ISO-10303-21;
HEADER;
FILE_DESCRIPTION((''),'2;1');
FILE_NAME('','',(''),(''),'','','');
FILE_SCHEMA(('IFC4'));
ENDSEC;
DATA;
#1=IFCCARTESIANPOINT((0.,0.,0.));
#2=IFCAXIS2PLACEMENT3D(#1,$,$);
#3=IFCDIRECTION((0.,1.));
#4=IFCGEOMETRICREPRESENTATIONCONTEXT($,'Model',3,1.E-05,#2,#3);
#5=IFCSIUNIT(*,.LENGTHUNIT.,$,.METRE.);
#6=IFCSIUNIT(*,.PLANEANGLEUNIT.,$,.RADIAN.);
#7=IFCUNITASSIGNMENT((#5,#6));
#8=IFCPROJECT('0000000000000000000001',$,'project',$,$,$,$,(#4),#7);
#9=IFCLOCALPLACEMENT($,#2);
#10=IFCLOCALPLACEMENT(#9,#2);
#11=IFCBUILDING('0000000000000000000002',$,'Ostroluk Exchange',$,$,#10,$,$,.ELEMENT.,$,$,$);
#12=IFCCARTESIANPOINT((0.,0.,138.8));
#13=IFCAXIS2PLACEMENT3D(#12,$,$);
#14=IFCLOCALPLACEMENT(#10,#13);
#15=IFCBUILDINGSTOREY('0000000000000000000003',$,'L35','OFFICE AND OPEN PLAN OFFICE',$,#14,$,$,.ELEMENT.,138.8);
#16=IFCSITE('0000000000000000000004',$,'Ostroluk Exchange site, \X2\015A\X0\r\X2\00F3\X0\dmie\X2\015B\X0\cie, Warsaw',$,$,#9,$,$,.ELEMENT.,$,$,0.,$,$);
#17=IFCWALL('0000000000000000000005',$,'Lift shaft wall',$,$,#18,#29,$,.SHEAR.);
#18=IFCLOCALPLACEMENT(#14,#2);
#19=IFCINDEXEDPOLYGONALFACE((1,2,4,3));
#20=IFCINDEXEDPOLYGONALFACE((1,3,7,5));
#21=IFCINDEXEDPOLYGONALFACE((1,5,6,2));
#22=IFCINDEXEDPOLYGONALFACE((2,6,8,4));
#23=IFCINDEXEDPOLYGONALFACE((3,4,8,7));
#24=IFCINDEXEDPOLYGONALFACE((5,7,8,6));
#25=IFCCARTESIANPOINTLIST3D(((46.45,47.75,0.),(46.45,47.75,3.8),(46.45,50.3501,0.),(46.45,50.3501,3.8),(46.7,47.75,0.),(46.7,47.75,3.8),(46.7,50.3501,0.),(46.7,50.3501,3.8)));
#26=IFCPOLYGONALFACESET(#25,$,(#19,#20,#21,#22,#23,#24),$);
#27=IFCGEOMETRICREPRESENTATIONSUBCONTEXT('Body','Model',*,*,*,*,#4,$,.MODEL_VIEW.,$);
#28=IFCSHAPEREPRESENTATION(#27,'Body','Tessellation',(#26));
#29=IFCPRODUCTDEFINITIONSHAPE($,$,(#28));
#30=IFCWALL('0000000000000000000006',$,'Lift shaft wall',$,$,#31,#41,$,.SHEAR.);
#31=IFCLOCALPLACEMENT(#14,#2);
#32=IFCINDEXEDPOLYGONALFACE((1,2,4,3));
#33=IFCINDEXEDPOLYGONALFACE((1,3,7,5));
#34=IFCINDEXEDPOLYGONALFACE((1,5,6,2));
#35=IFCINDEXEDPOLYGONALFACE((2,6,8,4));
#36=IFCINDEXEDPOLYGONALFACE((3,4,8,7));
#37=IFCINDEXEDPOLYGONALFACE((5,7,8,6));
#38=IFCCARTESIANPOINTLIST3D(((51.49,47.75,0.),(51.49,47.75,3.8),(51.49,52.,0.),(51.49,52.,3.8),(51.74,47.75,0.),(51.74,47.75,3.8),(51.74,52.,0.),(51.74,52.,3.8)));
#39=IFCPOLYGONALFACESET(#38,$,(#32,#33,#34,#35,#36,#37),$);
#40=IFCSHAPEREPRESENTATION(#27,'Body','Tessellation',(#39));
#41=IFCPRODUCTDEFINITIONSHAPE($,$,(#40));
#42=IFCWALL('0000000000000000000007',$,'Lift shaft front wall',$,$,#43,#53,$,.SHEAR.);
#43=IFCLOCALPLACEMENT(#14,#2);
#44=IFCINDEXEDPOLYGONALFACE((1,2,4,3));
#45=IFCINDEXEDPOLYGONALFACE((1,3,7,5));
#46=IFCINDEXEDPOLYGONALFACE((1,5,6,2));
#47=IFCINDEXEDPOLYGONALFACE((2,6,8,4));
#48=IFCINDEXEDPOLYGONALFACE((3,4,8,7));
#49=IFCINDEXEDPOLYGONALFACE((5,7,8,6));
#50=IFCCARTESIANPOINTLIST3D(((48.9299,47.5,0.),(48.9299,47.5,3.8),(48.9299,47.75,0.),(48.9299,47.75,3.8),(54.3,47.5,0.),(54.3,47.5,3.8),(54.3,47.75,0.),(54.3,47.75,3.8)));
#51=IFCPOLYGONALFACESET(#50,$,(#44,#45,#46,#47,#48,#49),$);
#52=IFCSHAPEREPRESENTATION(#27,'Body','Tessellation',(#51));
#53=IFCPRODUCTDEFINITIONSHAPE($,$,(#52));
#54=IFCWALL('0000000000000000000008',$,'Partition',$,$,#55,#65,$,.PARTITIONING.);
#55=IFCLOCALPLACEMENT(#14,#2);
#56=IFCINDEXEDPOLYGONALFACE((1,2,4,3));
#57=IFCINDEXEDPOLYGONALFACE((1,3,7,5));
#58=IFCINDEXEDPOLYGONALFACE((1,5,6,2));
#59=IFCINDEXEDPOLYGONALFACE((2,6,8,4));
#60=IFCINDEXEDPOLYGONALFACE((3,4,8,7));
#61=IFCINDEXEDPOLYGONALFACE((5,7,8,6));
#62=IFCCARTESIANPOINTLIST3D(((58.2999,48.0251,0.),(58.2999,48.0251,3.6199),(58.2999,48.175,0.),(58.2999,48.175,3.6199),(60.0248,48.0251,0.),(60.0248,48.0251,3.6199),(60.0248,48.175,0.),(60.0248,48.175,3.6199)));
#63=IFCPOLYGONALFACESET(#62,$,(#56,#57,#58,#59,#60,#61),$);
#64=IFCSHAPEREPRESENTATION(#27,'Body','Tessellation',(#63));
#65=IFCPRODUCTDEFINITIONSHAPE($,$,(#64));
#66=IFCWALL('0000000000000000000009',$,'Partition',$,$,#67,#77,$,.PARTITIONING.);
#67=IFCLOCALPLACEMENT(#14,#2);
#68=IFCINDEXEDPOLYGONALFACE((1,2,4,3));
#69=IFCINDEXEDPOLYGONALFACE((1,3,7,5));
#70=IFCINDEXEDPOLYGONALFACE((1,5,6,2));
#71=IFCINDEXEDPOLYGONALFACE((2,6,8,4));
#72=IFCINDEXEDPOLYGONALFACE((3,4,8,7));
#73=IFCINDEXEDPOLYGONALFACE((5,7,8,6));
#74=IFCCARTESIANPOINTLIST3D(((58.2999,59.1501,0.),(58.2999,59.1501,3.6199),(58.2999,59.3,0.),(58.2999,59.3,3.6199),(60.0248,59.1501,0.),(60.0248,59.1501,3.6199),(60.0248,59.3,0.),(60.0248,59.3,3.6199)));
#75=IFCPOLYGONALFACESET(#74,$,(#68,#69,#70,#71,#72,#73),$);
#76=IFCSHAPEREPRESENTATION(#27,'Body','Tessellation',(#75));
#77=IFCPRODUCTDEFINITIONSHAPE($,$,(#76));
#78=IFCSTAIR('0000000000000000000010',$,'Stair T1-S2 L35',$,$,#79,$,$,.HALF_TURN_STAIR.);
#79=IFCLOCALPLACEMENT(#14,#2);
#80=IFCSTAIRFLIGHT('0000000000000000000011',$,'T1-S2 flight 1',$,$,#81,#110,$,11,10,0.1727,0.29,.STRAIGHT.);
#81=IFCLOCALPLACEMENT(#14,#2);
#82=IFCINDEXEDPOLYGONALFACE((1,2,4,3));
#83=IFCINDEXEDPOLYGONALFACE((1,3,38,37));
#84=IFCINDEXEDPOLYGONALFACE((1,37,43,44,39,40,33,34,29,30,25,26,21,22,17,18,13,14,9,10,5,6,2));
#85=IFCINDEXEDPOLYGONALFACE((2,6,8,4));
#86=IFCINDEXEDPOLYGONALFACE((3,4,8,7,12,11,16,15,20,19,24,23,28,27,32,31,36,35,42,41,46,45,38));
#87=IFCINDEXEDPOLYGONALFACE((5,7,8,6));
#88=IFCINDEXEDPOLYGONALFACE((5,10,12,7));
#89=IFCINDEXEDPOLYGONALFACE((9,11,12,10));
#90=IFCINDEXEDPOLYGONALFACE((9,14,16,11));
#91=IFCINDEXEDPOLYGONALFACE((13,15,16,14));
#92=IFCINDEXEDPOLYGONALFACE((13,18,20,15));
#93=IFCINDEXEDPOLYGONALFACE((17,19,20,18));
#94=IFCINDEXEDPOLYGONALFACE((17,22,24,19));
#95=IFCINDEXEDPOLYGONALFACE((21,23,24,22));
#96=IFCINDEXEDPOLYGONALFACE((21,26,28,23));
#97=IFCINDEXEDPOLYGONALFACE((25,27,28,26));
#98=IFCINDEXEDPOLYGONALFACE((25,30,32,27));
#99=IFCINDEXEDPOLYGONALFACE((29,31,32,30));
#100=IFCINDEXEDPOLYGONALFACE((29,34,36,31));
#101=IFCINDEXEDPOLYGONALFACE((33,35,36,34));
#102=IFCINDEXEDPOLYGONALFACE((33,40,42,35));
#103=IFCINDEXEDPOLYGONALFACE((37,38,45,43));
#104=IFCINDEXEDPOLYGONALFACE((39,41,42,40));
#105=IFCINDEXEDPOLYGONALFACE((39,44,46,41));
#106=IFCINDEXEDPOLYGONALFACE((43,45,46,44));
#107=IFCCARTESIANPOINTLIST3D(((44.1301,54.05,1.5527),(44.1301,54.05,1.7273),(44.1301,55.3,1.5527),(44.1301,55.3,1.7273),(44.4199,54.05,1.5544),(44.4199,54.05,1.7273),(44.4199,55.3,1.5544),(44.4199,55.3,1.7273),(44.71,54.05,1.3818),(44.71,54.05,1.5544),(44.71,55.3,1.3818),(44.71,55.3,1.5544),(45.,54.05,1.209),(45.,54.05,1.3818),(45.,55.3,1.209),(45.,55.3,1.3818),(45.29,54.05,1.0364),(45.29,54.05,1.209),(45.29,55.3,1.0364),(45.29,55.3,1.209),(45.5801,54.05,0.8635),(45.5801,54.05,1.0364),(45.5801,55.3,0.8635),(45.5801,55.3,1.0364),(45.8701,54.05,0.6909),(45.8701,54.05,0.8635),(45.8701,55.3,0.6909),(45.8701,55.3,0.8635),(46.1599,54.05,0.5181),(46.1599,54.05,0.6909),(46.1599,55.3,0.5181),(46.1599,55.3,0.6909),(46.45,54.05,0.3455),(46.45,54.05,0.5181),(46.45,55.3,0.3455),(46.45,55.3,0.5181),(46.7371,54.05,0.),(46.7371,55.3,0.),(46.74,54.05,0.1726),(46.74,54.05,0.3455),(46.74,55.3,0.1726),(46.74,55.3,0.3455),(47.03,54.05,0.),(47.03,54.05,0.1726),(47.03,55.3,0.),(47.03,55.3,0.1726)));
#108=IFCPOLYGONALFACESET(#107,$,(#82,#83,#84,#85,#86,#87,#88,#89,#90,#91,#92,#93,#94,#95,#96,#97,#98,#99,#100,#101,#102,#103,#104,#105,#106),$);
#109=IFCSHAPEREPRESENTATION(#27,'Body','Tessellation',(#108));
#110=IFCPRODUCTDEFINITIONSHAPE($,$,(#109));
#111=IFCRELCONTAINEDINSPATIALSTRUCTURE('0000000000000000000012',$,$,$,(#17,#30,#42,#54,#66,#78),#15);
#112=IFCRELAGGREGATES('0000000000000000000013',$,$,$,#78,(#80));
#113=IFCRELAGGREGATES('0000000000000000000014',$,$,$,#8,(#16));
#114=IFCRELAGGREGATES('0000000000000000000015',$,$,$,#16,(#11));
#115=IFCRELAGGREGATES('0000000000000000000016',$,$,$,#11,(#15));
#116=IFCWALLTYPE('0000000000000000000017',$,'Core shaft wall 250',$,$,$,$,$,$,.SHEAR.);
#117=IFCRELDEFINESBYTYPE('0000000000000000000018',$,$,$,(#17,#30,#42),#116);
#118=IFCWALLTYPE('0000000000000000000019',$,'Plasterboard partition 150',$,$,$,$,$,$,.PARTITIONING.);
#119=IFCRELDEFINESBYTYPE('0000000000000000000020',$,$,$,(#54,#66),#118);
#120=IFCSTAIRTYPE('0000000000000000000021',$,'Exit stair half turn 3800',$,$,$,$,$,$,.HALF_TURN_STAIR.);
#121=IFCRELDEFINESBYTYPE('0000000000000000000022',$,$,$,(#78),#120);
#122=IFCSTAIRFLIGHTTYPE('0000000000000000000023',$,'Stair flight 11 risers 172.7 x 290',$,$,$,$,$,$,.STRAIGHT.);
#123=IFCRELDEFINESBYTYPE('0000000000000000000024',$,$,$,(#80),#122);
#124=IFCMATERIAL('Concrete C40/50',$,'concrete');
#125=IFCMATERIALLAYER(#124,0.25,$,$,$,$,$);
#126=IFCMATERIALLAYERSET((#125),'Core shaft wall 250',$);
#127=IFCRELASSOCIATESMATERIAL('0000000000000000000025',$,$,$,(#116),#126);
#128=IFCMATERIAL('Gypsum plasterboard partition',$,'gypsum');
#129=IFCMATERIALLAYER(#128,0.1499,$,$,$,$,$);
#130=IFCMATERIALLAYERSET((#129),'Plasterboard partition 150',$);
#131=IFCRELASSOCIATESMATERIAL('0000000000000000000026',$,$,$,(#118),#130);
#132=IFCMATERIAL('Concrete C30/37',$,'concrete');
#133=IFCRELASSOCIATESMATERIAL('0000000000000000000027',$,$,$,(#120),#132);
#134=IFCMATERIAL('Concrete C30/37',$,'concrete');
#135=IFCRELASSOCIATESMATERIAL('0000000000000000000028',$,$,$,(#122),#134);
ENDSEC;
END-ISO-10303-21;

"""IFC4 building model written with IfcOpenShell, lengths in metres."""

from ifc_helpers import new_model, si_unit, direction, frame, frame_2d, origin, place, context, subcontext, project, spatial, polyline, rectangle, outline, extrude, material, layer, layer_set, type_object, element, aggregate, save


model = new_model("IFC4")

# Units and contexts
model_context = context("Model", 3, precision=1e-05, world=origin(), true_north=direction((0.0, 1.0)))
body_context = subcontext(model_context, "Body", "Model", "MODEL_VIEW")
ifc_project = project(units=[si_unit("LENGTHUNIT", "METRE"), si_unit("PLANEANGLEUNIT", "RADIAN")], contexts=[model_context])

# Site, building, storey
site_placement = place(None, origin())
site = spatial("IfcSite", under=ifc_project, at=site_placement, Name="Ostroluk Exchange site, Śródmieście, Warsaw", CompositionType="ELEMENT", RefElevation=0.0)
building_placement = place(site_placement, origin())
building = spatial("IfcBuilding", under=site, at=building_placement, Name="Ostroluk Exchange", CompositionType="ELEMENT")
storey_placement = place(building_placement, frame((0.0, 0.0, 138.8)))
storey = spatial("IfcBuildingStorey", under=building, at=storey_placement, Name="L35", Description="OFFICE AND OPEN PLAN OFFICE", CompositionType="ELEMENT", Elevation=138.8)

# Shared definitions
ifc_material_1 = material(Name="Concrete C40/50", Category="concrete")
ifc_layer_1 = layer(ifc_material_1, 0.25)
ifc_layer_set_1 = layer_set([ifc_layer_1], Name="Core shaft wall 250")
wall_type_1 = type_object("IfcWallType", Name="Core shaft wall 250", PredefinedType="SHEAR", material=ifc_layer_set_1)

# Walls
wall_1_placement = place(storey_placement, frame((46.575, 47.75, 0.0), z_axis=(0.0, 0.0, 1.0), x_axis=(0.0, 1.0, 0.0)))
element("IfcWall", 1, at=wall_1_placement, inside=storey, type_object=wall_type_1, Name="Lift shaft wall", PredefinedType="SHEAR", context=body_context, shape_type="SweptSolid", body=[
    extrude(rectangle(XDim=2.6001, YDim=0.25, at=frame_2d((1.3, 0.0))), origin(), (0.0, 0.0, 1.0), 3.8),
])
wall_2_placement = place(storey_placement, frame((51.615, 47.75, 0.0), z_axis=(0.0, 0.0, 1.0), x_axis=(0.0, 1.0, 0.0)))
element("IfcWall", 2, at=wall_2_placement, inside=storey, type_object=wall_type_1, Name="Lift shaft wall", PredefinedType="SHEAR", context=body_context, shape_type="SweptSolid", body=[
    extrude(rectangle(XDim=4.25, YDim=0.25, at=frame_2d((2.125, 0.0))), origin(), (0.0, 0.0, 1.0), 3.8),
])
wall_3_placement = place(storey_placement, frame((48.9299, 47.625, 0.0), z_axis=(0.0, 0.0, 1.0), x_axis=(1.0, 0.0, 0.0)))
element("IfcWall", 3, at=wall_3_placement, inside=storey, type_object=wall_type_1, Name="Lift shaft front wall", PredefinedType="SHEAR", context=body_context, shape_type="SweptSolid", body=[
    extrude(rectangle(XDim=5.3701, YDim=0.25, at=frame_2d((2.6851, 0.0))), origin(), (0.0, 0.0, 1.0), 3.8),
])
ifc_material_2 = material(Name="Gypsum plasterboard partition", Category="gypsum")
ifc_layer_2 = layer(ifc_material_2, 0.1499)
ifc_layer_set_2 = layer_set([ifc_layer_2], Name="Plasterboard partition 150")
wall_type_2 = type_object("IfcWallType", Name="Plasterboard partition 150", PredefinedType="PARTITIONING", material=ifc_layer_set_2)
for number, where, z_axis, x_axis, name in (
    (4, (58.3, 48.1001, 0.0), (0.0, 0.0, 1.0), (1.0, 0.0, 0.0), "Partition"),
    (5, (58.3, 59.2251, 0.0), (0.0, 0.0, 1.0), (1.0, 0.0, 0.0), "Partition"),
):
    element("IfcWall", number, at=place(storey_placement, frame(where, z_axis=z_axis, x_axis=x_axis)), inside=storey, type_object=wall_type_2, Name=name, PredefinedType="PARTITIONING", context=body_context, shape_type="SweptSolid", body=[
        extrude(rectangle(XDim=1.7249, YDim=0.1499, at=frame_2d((0.8623, 0.0))), origin(), (0.0, 0.0, 1.0), 3.6199),
    ])

# Stair, stair flight
ifc_material_3 = material(Name="Concrete C30/37", Category="concrete")
stair_type = type_object("IfcStairType", Name="Exit stair half turn 3800", PredefinedType="HALF_TURN_STAIR", material=ifc_material_3)
stair_placement = place(storey_placement, origin())
stair = element("IfcStair", 6, at=stair_placement, inside=storey, type_object=stair_type, Name="Stair T1-S2 L35", PredefinedType="HALF_TURN_STAIR")
ifc_material_4 = material(Name="Concrete C30/37", Category="concrete")
stair_flight_type = type_object("IfcStairFlightType", Name="Stair flight 11 risers 172.7 x 290", PredefinedType="STRAIGHT", material=ifc_material_4)
stair_flight_placement = place(storey_placement, frame((47.03, 54.675, 0.0), z_axis=(0.0, 0.0, 1.0), x_axis=(-1.0, 0.0, 0.0)))
stair_flight = element("IfcStairFlight", 7, at=stair_flight_placement, type_object=stair_flight_type, Name="T1-S2 flight 1", NumberOfRisers=11, NumberOfTreads=10, PredefinedType="STRAIGHT", RiserHeight=0.1727, TreadLength=0.29, context=body_context, shape_type="SweptSolid", body=[
    extrude(outline(polyline([(0.0, 0.0), (0.0, 0.1726), (0.29, 0.1726), (0.29, 0.3455), (0.5801, 0.3455), (0.5801, 0.5181), (0.8701, 0.5181), (0.8701, 0.6909), (1.1599, 0.6909), (1.1599, 0.8635), (1.45, 0.8635), (1.45, 1.0364), (1.74, 1.0364), (1.74, 1.209), (2.03, 1.209), (2.03, 1.3818), (2.3201, 1.3818), (2.3201, 1.5544), (2.6101, 1.5544), (2.6101, 1.7273), (2.8999, 1.7273), (2.8999, 1.8999), (2.8999, 1.5527), (0.293, 0.0), (0.0, 0.0)])), frame((0.0, 0.625, 0.0), z_axis=(0.0, -1.0, 0.0), x_axis=(1.0, 0.0, 0.0)), (0.0, 0.0, 1.0), 1.25),
])
aggregate(stair, [stair_flight])

save(model, "model.ifc")
